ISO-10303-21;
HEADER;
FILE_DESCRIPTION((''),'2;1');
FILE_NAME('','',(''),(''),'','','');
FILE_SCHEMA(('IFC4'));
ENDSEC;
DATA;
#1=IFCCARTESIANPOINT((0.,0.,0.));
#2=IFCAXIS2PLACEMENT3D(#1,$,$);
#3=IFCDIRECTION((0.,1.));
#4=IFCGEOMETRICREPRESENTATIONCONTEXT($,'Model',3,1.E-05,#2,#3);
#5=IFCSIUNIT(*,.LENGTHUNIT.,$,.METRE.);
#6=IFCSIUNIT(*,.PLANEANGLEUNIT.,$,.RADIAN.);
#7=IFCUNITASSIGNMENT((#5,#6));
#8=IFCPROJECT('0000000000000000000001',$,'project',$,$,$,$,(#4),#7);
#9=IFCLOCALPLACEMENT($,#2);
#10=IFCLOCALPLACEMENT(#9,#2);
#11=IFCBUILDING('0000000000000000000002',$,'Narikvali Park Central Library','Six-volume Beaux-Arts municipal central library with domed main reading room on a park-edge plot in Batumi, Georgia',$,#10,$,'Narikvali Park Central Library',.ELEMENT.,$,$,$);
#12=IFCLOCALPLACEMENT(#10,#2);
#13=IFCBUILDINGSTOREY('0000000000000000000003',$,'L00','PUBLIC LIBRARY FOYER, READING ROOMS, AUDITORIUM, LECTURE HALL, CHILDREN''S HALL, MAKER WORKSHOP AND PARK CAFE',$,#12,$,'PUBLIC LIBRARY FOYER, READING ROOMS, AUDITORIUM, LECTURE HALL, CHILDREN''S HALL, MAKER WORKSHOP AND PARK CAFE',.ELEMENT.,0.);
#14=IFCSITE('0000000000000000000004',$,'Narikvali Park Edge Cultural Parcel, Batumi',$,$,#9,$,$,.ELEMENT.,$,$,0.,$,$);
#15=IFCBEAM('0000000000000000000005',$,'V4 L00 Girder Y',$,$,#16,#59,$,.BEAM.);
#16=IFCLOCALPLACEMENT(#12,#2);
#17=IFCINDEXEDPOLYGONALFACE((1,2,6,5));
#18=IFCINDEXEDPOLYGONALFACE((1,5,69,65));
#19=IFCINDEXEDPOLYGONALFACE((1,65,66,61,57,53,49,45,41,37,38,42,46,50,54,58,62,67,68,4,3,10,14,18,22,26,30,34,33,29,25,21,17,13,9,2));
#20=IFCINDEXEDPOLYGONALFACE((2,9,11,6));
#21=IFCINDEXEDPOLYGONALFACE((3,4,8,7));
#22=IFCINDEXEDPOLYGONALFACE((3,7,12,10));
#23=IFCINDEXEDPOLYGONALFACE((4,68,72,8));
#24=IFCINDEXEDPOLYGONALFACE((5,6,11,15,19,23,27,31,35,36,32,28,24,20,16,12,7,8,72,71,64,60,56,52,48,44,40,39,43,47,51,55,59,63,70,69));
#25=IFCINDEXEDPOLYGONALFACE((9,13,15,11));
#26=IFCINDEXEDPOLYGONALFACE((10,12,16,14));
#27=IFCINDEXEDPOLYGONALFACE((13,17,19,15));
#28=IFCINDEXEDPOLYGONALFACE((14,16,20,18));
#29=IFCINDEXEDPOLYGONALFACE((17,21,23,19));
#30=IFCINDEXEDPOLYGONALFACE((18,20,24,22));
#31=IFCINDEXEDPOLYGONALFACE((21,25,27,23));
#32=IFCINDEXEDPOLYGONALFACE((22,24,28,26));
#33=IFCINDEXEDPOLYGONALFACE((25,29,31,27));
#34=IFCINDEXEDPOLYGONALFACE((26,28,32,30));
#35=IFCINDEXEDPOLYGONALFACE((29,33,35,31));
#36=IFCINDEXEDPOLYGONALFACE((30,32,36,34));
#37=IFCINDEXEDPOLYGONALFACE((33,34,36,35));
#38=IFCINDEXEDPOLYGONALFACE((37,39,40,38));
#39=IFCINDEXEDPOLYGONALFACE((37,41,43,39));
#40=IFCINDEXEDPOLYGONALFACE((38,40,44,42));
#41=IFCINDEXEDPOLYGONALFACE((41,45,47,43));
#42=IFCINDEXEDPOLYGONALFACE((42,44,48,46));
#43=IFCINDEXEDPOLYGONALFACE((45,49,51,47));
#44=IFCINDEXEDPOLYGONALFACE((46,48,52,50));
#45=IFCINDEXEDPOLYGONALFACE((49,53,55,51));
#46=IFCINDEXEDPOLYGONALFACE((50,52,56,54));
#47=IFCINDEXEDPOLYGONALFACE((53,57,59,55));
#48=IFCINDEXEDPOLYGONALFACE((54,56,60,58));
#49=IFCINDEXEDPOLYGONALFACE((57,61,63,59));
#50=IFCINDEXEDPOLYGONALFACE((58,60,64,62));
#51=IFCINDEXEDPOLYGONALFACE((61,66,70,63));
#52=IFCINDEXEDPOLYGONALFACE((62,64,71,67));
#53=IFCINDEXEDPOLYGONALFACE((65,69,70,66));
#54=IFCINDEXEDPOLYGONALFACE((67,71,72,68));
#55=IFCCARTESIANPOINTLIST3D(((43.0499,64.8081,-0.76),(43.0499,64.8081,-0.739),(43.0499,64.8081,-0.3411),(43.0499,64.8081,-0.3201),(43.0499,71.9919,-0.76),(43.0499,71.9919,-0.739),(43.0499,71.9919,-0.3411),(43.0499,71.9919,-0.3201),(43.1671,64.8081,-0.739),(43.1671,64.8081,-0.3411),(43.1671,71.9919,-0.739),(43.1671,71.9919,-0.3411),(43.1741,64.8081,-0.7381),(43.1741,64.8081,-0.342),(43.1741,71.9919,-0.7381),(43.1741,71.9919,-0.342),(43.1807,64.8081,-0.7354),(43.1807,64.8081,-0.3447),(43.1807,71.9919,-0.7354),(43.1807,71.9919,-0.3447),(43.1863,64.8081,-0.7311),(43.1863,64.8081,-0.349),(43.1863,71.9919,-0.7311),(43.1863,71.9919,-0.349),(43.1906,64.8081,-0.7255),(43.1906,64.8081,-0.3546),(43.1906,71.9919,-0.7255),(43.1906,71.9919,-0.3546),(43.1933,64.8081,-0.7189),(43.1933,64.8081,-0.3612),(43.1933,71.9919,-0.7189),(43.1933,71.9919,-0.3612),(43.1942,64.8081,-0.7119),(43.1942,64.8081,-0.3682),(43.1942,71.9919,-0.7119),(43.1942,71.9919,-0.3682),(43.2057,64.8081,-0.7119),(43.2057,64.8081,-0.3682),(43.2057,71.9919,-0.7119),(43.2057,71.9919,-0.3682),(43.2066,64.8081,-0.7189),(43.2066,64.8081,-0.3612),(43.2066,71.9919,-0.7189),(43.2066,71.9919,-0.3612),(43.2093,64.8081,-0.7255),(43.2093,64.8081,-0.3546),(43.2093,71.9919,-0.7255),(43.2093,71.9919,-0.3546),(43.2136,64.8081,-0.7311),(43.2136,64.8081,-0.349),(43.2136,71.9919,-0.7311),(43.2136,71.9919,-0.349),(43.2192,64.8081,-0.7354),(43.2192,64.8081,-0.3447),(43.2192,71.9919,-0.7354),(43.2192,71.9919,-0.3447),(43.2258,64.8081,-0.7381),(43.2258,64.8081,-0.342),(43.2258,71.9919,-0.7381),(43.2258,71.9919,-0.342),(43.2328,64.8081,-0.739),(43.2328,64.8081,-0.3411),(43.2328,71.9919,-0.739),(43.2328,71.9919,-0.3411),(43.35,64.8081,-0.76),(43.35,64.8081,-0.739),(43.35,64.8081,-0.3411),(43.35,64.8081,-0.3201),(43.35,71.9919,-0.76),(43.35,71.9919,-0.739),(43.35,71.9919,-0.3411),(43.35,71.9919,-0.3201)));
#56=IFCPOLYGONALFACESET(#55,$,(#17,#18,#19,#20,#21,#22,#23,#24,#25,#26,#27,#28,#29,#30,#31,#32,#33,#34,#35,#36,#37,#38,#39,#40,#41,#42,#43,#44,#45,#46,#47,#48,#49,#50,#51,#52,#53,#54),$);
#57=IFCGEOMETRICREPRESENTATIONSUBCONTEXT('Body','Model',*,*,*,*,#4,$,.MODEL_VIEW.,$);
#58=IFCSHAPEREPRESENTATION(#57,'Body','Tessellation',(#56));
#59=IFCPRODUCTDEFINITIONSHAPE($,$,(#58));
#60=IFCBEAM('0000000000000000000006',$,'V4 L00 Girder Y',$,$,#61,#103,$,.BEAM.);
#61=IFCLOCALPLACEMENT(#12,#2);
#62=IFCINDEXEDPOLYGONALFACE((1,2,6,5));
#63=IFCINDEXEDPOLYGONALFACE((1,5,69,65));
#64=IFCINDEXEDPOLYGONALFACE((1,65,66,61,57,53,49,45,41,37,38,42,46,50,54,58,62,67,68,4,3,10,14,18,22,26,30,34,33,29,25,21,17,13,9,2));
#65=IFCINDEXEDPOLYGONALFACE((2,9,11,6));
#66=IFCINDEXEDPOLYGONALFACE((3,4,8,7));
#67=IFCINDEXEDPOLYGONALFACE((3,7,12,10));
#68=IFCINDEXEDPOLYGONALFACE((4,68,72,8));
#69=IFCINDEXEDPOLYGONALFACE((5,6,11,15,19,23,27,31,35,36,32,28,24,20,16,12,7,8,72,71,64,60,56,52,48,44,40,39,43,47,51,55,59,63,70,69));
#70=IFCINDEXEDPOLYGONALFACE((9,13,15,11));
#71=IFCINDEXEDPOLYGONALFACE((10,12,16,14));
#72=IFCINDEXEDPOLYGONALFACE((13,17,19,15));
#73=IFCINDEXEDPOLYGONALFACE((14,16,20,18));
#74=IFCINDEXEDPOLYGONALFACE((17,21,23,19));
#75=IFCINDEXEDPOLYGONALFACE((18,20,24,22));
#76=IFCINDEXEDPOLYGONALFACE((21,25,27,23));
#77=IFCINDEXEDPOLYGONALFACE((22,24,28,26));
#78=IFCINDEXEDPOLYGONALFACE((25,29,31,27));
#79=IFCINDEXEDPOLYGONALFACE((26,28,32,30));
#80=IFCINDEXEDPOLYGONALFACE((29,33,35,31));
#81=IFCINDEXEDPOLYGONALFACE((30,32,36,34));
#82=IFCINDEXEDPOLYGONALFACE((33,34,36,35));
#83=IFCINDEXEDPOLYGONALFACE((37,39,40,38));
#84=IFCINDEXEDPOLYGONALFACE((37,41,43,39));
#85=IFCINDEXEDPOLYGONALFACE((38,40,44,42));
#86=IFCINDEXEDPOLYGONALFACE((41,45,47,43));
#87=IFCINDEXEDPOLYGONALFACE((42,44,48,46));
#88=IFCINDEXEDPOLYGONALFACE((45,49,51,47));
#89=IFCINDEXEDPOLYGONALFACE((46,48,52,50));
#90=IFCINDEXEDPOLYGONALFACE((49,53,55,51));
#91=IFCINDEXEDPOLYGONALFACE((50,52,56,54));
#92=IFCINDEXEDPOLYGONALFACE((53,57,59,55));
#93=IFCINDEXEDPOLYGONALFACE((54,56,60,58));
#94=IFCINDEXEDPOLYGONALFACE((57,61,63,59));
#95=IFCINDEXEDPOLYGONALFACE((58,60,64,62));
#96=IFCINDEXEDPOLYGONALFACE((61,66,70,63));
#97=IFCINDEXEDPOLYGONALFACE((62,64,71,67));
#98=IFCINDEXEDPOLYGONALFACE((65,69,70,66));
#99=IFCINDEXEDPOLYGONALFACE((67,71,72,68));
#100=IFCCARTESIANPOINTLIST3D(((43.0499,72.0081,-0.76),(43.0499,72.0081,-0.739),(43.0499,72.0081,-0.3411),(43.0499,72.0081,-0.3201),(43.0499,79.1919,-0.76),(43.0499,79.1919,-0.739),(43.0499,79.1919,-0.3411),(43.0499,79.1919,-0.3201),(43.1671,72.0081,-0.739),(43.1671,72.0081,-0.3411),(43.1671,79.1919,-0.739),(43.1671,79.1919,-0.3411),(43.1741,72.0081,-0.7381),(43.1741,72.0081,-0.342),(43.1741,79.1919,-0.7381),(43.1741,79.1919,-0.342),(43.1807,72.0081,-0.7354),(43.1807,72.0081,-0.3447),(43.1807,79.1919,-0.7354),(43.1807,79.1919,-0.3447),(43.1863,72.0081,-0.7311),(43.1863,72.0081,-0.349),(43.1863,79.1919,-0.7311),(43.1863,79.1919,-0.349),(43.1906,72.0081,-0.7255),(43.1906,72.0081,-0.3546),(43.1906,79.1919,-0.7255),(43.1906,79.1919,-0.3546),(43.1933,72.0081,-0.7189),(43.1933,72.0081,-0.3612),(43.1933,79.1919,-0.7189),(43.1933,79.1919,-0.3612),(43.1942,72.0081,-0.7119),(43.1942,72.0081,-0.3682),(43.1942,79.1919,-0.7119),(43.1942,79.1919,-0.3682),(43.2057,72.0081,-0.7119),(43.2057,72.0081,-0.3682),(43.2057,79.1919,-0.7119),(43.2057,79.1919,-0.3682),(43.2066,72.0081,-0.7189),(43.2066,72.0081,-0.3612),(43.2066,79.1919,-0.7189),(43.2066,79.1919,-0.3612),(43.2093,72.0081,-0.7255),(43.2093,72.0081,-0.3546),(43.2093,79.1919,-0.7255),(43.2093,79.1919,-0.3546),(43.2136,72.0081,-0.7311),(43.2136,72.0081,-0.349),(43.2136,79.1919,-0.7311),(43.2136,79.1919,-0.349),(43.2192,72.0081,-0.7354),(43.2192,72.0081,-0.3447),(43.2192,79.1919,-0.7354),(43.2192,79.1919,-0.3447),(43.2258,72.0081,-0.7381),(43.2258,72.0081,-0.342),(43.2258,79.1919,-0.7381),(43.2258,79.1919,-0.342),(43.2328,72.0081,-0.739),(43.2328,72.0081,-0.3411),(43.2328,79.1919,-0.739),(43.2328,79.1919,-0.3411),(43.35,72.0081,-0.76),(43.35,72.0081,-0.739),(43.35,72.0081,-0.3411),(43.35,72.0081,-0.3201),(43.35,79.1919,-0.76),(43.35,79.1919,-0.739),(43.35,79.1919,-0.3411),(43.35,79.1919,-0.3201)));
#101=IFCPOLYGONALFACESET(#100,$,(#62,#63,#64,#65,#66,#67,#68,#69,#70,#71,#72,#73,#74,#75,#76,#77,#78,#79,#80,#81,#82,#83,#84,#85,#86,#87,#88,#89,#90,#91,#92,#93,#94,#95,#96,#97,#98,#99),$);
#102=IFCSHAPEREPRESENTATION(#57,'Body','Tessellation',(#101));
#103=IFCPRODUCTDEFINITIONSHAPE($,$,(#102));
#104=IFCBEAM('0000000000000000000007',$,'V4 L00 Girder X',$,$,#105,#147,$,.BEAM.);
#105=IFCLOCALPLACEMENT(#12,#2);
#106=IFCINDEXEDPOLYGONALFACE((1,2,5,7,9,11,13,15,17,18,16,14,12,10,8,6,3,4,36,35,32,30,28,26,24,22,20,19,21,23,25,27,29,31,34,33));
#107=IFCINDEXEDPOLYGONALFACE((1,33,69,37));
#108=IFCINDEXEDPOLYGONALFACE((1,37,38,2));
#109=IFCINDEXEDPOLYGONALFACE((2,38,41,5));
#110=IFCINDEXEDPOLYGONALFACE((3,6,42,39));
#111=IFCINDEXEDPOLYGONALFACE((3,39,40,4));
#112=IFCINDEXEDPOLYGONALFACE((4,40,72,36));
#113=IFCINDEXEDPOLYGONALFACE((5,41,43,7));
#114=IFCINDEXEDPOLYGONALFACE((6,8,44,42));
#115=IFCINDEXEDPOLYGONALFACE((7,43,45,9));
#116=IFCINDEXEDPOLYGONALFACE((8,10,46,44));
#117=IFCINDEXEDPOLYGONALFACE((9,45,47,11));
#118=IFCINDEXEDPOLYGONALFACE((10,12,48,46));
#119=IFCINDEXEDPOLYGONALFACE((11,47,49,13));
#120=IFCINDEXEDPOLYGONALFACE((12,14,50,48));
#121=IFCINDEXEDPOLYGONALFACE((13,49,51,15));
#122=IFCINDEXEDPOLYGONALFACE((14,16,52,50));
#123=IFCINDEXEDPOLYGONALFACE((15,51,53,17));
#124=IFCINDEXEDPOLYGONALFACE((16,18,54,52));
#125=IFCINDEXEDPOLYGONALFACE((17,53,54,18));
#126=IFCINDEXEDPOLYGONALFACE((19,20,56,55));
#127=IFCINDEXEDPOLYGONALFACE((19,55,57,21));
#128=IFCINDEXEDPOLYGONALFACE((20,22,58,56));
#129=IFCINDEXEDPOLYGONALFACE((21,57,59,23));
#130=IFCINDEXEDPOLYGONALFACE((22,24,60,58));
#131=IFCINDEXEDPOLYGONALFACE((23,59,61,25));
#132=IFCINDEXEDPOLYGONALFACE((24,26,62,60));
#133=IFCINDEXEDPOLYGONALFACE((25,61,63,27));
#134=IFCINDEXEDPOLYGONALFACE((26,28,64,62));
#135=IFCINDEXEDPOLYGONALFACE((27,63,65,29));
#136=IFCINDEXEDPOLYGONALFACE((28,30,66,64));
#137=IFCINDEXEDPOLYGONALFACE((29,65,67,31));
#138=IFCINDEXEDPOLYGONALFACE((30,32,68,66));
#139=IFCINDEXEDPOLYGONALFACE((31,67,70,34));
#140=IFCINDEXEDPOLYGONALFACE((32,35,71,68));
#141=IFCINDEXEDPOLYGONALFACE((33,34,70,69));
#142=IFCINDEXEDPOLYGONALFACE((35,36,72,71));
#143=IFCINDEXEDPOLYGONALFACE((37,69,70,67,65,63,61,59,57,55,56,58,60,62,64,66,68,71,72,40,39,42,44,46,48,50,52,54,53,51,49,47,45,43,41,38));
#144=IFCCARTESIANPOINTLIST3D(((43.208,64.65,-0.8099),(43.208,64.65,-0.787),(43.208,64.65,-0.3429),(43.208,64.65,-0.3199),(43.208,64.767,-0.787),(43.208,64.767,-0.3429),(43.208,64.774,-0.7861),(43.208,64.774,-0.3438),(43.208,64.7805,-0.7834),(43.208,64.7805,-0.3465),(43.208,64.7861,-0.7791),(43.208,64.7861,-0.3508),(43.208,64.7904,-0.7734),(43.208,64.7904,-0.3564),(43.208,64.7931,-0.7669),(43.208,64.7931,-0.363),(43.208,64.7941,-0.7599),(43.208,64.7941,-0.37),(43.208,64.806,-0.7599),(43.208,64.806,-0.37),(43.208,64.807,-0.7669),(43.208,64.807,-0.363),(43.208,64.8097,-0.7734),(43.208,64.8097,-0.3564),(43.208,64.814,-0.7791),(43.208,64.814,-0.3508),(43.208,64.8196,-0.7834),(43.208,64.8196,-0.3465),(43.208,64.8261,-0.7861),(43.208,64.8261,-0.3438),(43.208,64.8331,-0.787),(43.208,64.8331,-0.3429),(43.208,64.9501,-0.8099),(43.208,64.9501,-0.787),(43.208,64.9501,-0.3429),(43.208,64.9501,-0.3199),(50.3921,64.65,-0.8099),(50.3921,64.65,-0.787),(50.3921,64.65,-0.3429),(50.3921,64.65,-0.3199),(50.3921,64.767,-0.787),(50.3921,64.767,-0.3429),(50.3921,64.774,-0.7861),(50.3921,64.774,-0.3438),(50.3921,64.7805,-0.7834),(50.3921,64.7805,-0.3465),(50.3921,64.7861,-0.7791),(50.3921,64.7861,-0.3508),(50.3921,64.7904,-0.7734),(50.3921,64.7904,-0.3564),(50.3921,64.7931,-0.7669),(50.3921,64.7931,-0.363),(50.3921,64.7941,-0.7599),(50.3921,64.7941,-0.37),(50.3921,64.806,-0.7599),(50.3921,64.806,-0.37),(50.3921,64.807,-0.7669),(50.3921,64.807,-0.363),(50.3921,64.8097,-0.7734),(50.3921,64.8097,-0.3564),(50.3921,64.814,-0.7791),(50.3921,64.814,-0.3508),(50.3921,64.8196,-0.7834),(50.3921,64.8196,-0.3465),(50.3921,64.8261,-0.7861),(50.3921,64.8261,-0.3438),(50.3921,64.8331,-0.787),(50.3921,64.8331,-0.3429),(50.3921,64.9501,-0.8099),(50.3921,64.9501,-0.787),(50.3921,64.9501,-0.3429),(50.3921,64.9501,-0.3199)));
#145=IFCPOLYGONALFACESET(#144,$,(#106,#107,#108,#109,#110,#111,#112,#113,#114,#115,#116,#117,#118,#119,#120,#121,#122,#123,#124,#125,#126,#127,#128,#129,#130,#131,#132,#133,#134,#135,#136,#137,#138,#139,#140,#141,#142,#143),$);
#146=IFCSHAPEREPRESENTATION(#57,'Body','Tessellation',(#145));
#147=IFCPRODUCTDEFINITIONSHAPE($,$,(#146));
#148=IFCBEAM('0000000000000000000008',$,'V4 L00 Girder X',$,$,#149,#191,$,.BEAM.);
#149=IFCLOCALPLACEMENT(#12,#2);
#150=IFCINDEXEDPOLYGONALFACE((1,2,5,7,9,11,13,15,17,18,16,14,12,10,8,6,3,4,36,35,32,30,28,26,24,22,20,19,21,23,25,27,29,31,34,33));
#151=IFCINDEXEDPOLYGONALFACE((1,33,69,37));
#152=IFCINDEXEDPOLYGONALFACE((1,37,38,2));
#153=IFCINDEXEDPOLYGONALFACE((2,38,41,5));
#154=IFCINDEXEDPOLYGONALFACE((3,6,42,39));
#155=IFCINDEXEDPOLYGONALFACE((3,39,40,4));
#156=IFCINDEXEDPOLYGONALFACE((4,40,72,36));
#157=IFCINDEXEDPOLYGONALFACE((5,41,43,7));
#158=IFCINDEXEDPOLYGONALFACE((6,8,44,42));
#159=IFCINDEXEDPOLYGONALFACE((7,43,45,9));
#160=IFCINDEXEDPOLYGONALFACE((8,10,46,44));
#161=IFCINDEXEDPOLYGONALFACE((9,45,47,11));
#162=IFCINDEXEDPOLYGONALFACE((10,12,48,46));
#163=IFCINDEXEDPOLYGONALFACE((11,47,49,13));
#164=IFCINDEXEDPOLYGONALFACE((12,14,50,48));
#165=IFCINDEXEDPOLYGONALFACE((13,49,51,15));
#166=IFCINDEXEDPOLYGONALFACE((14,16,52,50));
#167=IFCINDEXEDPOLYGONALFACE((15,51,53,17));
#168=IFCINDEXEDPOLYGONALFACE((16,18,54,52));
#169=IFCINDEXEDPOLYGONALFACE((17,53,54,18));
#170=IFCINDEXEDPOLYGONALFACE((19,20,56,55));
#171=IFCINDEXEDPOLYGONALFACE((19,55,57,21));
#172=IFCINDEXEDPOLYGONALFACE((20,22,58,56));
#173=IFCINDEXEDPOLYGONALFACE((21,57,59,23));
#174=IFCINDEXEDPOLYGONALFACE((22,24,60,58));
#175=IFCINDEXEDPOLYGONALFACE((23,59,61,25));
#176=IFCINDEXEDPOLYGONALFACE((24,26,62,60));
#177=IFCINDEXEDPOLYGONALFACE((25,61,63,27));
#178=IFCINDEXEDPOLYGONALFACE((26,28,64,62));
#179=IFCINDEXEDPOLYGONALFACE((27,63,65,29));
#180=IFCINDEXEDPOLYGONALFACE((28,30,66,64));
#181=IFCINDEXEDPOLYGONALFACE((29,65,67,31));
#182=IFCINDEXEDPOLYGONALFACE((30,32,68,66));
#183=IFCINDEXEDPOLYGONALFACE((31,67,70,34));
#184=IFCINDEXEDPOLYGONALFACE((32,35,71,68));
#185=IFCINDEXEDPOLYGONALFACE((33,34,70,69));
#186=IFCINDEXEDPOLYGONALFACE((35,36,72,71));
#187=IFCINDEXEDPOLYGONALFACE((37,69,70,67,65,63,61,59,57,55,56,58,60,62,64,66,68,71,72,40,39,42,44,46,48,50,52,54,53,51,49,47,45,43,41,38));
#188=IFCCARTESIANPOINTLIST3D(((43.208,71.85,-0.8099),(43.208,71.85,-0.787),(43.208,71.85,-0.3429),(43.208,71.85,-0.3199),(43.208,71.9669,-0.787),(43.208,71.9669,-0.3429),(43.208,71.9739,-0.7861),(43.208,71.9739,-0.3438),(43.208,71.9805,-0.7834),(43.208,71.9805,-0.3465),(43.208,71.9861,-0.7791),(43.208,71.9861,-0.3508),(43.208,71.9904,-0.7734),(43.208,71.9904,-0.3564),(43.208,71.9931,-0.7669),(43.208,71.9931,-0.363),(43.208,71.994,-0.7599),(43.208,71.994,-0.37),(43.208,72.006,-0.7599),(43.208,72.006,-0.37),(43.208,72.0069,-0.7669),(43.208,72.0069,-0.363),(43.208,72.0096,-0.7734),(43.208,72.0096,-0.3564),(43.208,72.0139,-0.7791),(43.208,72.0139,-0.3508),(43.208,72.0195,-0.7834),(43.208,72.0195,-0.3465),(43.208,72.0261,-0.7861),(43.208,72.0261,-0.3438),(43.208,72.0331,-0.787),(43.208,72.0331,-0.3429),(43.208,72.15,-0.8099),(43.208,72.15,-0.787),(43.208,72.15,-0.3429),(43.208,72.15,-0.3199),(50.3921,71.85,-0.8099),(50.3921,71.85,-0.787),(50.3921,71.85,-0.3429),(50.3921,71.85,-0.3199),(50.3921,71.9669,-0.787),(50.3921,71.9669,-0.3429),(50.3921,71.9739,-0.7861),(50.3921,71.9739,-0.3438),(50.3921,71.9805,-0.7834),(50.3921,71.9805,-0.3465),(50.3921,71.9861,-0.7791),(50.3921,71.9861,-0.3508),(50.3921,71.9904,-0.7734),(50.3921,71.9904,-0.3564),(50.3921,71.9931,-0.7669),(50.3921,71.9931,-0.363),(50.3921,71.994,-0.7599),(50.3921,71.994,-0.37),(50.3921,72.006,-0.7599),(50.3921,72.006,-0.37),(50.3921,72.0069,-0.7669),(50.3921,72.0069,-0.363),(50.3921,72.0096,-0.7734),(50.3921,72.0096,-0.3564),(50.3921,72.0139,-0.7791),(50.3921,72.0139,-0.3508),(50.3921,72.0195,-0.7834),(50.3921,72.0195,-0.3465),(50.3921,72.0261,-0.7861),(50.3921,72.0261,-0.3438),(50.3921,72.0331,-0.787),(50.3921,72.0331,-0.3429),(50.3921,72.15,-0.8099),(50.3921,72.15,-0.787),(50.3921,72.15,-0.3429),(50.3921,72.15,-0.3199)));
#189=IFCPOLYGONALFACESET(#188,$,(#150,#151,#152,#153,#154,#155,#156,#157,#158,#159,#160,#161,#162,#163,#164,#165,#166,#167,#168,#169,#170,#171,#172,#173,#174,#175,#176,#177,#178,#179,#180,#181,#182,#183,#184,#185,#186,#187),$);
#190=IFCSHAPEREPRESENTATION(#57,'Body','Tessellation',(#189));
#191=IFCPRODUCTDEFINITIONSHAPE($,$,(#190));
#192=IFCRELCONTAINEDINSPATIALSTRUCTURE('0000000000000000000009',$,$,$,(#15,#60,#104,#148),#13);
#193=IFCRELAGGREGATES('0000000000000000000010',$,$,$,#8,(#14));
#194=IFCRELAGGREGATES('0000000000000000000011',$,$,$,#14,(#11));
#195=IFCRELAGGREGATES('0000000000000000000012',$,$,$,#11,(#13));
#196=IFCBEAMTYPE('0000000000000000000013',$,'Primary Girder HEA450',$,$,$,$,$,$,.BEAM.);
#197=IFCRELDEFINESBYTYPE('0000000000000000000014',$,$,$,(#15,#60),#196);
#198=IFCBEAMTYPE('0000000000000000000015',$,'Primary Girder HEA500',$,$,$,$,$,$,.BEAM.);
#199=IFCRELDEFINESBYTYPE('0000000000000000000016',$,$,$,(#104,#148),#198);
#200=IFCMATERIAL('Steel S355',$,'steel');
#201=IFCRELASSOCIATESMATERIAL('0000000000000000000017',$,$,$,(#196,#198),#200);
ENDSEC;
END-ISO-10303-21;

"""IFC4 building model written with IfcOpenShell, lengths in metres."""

from ifc_helpers import new_model, si_unit, direction, frame, origin, origin_2d, place, context, subcontext, project, spatial, i_section, extrude, material, material_profile, profile_set, type_object, element, save


model = new_model("IFC4")

# Units and contexts
model_context = context("Model", 3, precision=1e-05, world=origin(), true_north=direction((0.0, 1.0)))
body_context = subcontext(model_context, "Body", "Model", "MODEL_VIEW")
ifc_project = project(units=[si_unit("LENGTHUNIT", "METRE"), si_unit("PLANEANGLEUNIT", "RADIAN")], contexts=[model_context])

# Site, building, storey
site_placement = place(None, origin())
site = spatial("IfcSite", under=ifc_project, at=site_placement, Name="Narikvali Park Edge Cultural Parcel, Batumi", CompositionType="ELEMENT", RefElevation=0.0)
building_placement = place(site_placement, origin())
building = spatial("IfcBuilding", under=site, at=building_placement, Name="Narikvali Park Central Library", Description="Six-volume Beaux-Arts municipal central library with domed main reading room on a park-edge plot in Batumi, Georgia", LongName="Narikvali Park Central Library", CompositionType="ELEMENT")
storey_placement = place(building_placement, origin())
storey = spatial("IfcBuildingStorey", under=building, at=storey_placement, Name="L00", Description="PUBLIC LIBRARY FOYER, READING ROOMS, AUDITORIUM, LECTURE HALL, CHILDREN'S HALL, MAKER WORKSHOP AND PARK CAFE", LongName="PUBLIC LIBRARY FOYER, READING ROOMS, AUDITORIUM, LECTURE HALL, CHILDREN'S HALL, MAKER WORKSHOP AND PARK CAFE", CompositionType="ELEMENT", Elevation=0.0)

# Shared definitions
ifc_material_1 = material(Name="Steel S355", Category="steel")

# Beams
ifc_material_profile_1 = material_profile(ifc_material_1, i_section(OverallWidth=0.3, OverallDepth=0.4399, WebThickness=0.0115, FlangeThickness=0.021, FilletRadius=0.0271, at=origin_2d()), Name="HEA 450")
ifc_profile_set_1 = profile_set([ifc_material_profile_1], Name="Steel S355")
beam_type_1 = type_object("IfcBeamType", Name="Primary Girder HEA450", PredefinedType="BEAM", material=ifc_profile_set_1)
for number, where, z_axis, x_axis, name in (
    (1, (43.2, 64.8081, -0.54), (0.0, 1.0, 0.0), (-1.0, 0.0, 0.0), "V4 L00 Girder Y"),
    (2, (43.2, 72.0081, -0.54), (0.0, 1.0, 0.0), (-1.0, 0.0, 0.0), "V4 L00 Girder Y"),
):
    element("IfcBeam", number, at=place(storey_placement, frame(where, z_axis=z_axis, x_axis=x_axis)), inside=storey, type_object=beam_type_1, Name=name, PredefinedType="BEAM", context=body_context, shape_type="SweptSolid", body=[
        extrude(i_section(OverallWidth=0.3, OverallDepth=0.4399, WebThickness=0.0115, FlangeThickness=0.021, FilletRadius=0.0271, at=origin_2d()), origin(), (0.0, 0.0, 1.0), 7.1838),
    ])
ifc_material_profile_2 = material_profile(ifc_material_1, i_section(OverallWidth=0.3, OverallDepth=0.49, WebThickness=0.012, FlangeThickness=0.0229, FilletRadius=0.0271, at=origin_2d()), Name="HEA 500")
ifc_profile_set_2 = profile_set([ifc_material_profile_2], Name="Steel S355")
beam_type_2 = type_object("IfcBeamType", Name="Primary Girder HEA500", PredefinedType="BEAM", material=ifc_profile_set_2)
for number, where, z_axis, x_axis, name in (
    (3, (43.208, 64.8, -0.5649), (1.0, 0.0, 0.0), (0.0, 1.0, 0.0), "V4 L00 Girder X"),
    (4, (43.208, 72.0, -0.5649), (1.0, 0.0, 0.0), (0.0, 1.0, 0.0), "V4 L00 Girder X"),
):
    element("IfcBeam", number, at=place(storey_placement, frame(where, z_axis=z_axis, x_axis=x_axis)), inside=storey, type_object=beam_type_2, Name=name, PredefinedType="BEAM", context=body_context, shape_type="SweptSolid", body=[
        extrude(i_section(OverallWidth=0.3, OverallDepth=0.49, WebThickness=0.012, FlangeThickness=0.0229, FilletRadius=0.0271, at=origin_2d()), origin(), (0.0, 0.0, 1.0), 7.1841),
    ])

save(model, "model.ifc")
